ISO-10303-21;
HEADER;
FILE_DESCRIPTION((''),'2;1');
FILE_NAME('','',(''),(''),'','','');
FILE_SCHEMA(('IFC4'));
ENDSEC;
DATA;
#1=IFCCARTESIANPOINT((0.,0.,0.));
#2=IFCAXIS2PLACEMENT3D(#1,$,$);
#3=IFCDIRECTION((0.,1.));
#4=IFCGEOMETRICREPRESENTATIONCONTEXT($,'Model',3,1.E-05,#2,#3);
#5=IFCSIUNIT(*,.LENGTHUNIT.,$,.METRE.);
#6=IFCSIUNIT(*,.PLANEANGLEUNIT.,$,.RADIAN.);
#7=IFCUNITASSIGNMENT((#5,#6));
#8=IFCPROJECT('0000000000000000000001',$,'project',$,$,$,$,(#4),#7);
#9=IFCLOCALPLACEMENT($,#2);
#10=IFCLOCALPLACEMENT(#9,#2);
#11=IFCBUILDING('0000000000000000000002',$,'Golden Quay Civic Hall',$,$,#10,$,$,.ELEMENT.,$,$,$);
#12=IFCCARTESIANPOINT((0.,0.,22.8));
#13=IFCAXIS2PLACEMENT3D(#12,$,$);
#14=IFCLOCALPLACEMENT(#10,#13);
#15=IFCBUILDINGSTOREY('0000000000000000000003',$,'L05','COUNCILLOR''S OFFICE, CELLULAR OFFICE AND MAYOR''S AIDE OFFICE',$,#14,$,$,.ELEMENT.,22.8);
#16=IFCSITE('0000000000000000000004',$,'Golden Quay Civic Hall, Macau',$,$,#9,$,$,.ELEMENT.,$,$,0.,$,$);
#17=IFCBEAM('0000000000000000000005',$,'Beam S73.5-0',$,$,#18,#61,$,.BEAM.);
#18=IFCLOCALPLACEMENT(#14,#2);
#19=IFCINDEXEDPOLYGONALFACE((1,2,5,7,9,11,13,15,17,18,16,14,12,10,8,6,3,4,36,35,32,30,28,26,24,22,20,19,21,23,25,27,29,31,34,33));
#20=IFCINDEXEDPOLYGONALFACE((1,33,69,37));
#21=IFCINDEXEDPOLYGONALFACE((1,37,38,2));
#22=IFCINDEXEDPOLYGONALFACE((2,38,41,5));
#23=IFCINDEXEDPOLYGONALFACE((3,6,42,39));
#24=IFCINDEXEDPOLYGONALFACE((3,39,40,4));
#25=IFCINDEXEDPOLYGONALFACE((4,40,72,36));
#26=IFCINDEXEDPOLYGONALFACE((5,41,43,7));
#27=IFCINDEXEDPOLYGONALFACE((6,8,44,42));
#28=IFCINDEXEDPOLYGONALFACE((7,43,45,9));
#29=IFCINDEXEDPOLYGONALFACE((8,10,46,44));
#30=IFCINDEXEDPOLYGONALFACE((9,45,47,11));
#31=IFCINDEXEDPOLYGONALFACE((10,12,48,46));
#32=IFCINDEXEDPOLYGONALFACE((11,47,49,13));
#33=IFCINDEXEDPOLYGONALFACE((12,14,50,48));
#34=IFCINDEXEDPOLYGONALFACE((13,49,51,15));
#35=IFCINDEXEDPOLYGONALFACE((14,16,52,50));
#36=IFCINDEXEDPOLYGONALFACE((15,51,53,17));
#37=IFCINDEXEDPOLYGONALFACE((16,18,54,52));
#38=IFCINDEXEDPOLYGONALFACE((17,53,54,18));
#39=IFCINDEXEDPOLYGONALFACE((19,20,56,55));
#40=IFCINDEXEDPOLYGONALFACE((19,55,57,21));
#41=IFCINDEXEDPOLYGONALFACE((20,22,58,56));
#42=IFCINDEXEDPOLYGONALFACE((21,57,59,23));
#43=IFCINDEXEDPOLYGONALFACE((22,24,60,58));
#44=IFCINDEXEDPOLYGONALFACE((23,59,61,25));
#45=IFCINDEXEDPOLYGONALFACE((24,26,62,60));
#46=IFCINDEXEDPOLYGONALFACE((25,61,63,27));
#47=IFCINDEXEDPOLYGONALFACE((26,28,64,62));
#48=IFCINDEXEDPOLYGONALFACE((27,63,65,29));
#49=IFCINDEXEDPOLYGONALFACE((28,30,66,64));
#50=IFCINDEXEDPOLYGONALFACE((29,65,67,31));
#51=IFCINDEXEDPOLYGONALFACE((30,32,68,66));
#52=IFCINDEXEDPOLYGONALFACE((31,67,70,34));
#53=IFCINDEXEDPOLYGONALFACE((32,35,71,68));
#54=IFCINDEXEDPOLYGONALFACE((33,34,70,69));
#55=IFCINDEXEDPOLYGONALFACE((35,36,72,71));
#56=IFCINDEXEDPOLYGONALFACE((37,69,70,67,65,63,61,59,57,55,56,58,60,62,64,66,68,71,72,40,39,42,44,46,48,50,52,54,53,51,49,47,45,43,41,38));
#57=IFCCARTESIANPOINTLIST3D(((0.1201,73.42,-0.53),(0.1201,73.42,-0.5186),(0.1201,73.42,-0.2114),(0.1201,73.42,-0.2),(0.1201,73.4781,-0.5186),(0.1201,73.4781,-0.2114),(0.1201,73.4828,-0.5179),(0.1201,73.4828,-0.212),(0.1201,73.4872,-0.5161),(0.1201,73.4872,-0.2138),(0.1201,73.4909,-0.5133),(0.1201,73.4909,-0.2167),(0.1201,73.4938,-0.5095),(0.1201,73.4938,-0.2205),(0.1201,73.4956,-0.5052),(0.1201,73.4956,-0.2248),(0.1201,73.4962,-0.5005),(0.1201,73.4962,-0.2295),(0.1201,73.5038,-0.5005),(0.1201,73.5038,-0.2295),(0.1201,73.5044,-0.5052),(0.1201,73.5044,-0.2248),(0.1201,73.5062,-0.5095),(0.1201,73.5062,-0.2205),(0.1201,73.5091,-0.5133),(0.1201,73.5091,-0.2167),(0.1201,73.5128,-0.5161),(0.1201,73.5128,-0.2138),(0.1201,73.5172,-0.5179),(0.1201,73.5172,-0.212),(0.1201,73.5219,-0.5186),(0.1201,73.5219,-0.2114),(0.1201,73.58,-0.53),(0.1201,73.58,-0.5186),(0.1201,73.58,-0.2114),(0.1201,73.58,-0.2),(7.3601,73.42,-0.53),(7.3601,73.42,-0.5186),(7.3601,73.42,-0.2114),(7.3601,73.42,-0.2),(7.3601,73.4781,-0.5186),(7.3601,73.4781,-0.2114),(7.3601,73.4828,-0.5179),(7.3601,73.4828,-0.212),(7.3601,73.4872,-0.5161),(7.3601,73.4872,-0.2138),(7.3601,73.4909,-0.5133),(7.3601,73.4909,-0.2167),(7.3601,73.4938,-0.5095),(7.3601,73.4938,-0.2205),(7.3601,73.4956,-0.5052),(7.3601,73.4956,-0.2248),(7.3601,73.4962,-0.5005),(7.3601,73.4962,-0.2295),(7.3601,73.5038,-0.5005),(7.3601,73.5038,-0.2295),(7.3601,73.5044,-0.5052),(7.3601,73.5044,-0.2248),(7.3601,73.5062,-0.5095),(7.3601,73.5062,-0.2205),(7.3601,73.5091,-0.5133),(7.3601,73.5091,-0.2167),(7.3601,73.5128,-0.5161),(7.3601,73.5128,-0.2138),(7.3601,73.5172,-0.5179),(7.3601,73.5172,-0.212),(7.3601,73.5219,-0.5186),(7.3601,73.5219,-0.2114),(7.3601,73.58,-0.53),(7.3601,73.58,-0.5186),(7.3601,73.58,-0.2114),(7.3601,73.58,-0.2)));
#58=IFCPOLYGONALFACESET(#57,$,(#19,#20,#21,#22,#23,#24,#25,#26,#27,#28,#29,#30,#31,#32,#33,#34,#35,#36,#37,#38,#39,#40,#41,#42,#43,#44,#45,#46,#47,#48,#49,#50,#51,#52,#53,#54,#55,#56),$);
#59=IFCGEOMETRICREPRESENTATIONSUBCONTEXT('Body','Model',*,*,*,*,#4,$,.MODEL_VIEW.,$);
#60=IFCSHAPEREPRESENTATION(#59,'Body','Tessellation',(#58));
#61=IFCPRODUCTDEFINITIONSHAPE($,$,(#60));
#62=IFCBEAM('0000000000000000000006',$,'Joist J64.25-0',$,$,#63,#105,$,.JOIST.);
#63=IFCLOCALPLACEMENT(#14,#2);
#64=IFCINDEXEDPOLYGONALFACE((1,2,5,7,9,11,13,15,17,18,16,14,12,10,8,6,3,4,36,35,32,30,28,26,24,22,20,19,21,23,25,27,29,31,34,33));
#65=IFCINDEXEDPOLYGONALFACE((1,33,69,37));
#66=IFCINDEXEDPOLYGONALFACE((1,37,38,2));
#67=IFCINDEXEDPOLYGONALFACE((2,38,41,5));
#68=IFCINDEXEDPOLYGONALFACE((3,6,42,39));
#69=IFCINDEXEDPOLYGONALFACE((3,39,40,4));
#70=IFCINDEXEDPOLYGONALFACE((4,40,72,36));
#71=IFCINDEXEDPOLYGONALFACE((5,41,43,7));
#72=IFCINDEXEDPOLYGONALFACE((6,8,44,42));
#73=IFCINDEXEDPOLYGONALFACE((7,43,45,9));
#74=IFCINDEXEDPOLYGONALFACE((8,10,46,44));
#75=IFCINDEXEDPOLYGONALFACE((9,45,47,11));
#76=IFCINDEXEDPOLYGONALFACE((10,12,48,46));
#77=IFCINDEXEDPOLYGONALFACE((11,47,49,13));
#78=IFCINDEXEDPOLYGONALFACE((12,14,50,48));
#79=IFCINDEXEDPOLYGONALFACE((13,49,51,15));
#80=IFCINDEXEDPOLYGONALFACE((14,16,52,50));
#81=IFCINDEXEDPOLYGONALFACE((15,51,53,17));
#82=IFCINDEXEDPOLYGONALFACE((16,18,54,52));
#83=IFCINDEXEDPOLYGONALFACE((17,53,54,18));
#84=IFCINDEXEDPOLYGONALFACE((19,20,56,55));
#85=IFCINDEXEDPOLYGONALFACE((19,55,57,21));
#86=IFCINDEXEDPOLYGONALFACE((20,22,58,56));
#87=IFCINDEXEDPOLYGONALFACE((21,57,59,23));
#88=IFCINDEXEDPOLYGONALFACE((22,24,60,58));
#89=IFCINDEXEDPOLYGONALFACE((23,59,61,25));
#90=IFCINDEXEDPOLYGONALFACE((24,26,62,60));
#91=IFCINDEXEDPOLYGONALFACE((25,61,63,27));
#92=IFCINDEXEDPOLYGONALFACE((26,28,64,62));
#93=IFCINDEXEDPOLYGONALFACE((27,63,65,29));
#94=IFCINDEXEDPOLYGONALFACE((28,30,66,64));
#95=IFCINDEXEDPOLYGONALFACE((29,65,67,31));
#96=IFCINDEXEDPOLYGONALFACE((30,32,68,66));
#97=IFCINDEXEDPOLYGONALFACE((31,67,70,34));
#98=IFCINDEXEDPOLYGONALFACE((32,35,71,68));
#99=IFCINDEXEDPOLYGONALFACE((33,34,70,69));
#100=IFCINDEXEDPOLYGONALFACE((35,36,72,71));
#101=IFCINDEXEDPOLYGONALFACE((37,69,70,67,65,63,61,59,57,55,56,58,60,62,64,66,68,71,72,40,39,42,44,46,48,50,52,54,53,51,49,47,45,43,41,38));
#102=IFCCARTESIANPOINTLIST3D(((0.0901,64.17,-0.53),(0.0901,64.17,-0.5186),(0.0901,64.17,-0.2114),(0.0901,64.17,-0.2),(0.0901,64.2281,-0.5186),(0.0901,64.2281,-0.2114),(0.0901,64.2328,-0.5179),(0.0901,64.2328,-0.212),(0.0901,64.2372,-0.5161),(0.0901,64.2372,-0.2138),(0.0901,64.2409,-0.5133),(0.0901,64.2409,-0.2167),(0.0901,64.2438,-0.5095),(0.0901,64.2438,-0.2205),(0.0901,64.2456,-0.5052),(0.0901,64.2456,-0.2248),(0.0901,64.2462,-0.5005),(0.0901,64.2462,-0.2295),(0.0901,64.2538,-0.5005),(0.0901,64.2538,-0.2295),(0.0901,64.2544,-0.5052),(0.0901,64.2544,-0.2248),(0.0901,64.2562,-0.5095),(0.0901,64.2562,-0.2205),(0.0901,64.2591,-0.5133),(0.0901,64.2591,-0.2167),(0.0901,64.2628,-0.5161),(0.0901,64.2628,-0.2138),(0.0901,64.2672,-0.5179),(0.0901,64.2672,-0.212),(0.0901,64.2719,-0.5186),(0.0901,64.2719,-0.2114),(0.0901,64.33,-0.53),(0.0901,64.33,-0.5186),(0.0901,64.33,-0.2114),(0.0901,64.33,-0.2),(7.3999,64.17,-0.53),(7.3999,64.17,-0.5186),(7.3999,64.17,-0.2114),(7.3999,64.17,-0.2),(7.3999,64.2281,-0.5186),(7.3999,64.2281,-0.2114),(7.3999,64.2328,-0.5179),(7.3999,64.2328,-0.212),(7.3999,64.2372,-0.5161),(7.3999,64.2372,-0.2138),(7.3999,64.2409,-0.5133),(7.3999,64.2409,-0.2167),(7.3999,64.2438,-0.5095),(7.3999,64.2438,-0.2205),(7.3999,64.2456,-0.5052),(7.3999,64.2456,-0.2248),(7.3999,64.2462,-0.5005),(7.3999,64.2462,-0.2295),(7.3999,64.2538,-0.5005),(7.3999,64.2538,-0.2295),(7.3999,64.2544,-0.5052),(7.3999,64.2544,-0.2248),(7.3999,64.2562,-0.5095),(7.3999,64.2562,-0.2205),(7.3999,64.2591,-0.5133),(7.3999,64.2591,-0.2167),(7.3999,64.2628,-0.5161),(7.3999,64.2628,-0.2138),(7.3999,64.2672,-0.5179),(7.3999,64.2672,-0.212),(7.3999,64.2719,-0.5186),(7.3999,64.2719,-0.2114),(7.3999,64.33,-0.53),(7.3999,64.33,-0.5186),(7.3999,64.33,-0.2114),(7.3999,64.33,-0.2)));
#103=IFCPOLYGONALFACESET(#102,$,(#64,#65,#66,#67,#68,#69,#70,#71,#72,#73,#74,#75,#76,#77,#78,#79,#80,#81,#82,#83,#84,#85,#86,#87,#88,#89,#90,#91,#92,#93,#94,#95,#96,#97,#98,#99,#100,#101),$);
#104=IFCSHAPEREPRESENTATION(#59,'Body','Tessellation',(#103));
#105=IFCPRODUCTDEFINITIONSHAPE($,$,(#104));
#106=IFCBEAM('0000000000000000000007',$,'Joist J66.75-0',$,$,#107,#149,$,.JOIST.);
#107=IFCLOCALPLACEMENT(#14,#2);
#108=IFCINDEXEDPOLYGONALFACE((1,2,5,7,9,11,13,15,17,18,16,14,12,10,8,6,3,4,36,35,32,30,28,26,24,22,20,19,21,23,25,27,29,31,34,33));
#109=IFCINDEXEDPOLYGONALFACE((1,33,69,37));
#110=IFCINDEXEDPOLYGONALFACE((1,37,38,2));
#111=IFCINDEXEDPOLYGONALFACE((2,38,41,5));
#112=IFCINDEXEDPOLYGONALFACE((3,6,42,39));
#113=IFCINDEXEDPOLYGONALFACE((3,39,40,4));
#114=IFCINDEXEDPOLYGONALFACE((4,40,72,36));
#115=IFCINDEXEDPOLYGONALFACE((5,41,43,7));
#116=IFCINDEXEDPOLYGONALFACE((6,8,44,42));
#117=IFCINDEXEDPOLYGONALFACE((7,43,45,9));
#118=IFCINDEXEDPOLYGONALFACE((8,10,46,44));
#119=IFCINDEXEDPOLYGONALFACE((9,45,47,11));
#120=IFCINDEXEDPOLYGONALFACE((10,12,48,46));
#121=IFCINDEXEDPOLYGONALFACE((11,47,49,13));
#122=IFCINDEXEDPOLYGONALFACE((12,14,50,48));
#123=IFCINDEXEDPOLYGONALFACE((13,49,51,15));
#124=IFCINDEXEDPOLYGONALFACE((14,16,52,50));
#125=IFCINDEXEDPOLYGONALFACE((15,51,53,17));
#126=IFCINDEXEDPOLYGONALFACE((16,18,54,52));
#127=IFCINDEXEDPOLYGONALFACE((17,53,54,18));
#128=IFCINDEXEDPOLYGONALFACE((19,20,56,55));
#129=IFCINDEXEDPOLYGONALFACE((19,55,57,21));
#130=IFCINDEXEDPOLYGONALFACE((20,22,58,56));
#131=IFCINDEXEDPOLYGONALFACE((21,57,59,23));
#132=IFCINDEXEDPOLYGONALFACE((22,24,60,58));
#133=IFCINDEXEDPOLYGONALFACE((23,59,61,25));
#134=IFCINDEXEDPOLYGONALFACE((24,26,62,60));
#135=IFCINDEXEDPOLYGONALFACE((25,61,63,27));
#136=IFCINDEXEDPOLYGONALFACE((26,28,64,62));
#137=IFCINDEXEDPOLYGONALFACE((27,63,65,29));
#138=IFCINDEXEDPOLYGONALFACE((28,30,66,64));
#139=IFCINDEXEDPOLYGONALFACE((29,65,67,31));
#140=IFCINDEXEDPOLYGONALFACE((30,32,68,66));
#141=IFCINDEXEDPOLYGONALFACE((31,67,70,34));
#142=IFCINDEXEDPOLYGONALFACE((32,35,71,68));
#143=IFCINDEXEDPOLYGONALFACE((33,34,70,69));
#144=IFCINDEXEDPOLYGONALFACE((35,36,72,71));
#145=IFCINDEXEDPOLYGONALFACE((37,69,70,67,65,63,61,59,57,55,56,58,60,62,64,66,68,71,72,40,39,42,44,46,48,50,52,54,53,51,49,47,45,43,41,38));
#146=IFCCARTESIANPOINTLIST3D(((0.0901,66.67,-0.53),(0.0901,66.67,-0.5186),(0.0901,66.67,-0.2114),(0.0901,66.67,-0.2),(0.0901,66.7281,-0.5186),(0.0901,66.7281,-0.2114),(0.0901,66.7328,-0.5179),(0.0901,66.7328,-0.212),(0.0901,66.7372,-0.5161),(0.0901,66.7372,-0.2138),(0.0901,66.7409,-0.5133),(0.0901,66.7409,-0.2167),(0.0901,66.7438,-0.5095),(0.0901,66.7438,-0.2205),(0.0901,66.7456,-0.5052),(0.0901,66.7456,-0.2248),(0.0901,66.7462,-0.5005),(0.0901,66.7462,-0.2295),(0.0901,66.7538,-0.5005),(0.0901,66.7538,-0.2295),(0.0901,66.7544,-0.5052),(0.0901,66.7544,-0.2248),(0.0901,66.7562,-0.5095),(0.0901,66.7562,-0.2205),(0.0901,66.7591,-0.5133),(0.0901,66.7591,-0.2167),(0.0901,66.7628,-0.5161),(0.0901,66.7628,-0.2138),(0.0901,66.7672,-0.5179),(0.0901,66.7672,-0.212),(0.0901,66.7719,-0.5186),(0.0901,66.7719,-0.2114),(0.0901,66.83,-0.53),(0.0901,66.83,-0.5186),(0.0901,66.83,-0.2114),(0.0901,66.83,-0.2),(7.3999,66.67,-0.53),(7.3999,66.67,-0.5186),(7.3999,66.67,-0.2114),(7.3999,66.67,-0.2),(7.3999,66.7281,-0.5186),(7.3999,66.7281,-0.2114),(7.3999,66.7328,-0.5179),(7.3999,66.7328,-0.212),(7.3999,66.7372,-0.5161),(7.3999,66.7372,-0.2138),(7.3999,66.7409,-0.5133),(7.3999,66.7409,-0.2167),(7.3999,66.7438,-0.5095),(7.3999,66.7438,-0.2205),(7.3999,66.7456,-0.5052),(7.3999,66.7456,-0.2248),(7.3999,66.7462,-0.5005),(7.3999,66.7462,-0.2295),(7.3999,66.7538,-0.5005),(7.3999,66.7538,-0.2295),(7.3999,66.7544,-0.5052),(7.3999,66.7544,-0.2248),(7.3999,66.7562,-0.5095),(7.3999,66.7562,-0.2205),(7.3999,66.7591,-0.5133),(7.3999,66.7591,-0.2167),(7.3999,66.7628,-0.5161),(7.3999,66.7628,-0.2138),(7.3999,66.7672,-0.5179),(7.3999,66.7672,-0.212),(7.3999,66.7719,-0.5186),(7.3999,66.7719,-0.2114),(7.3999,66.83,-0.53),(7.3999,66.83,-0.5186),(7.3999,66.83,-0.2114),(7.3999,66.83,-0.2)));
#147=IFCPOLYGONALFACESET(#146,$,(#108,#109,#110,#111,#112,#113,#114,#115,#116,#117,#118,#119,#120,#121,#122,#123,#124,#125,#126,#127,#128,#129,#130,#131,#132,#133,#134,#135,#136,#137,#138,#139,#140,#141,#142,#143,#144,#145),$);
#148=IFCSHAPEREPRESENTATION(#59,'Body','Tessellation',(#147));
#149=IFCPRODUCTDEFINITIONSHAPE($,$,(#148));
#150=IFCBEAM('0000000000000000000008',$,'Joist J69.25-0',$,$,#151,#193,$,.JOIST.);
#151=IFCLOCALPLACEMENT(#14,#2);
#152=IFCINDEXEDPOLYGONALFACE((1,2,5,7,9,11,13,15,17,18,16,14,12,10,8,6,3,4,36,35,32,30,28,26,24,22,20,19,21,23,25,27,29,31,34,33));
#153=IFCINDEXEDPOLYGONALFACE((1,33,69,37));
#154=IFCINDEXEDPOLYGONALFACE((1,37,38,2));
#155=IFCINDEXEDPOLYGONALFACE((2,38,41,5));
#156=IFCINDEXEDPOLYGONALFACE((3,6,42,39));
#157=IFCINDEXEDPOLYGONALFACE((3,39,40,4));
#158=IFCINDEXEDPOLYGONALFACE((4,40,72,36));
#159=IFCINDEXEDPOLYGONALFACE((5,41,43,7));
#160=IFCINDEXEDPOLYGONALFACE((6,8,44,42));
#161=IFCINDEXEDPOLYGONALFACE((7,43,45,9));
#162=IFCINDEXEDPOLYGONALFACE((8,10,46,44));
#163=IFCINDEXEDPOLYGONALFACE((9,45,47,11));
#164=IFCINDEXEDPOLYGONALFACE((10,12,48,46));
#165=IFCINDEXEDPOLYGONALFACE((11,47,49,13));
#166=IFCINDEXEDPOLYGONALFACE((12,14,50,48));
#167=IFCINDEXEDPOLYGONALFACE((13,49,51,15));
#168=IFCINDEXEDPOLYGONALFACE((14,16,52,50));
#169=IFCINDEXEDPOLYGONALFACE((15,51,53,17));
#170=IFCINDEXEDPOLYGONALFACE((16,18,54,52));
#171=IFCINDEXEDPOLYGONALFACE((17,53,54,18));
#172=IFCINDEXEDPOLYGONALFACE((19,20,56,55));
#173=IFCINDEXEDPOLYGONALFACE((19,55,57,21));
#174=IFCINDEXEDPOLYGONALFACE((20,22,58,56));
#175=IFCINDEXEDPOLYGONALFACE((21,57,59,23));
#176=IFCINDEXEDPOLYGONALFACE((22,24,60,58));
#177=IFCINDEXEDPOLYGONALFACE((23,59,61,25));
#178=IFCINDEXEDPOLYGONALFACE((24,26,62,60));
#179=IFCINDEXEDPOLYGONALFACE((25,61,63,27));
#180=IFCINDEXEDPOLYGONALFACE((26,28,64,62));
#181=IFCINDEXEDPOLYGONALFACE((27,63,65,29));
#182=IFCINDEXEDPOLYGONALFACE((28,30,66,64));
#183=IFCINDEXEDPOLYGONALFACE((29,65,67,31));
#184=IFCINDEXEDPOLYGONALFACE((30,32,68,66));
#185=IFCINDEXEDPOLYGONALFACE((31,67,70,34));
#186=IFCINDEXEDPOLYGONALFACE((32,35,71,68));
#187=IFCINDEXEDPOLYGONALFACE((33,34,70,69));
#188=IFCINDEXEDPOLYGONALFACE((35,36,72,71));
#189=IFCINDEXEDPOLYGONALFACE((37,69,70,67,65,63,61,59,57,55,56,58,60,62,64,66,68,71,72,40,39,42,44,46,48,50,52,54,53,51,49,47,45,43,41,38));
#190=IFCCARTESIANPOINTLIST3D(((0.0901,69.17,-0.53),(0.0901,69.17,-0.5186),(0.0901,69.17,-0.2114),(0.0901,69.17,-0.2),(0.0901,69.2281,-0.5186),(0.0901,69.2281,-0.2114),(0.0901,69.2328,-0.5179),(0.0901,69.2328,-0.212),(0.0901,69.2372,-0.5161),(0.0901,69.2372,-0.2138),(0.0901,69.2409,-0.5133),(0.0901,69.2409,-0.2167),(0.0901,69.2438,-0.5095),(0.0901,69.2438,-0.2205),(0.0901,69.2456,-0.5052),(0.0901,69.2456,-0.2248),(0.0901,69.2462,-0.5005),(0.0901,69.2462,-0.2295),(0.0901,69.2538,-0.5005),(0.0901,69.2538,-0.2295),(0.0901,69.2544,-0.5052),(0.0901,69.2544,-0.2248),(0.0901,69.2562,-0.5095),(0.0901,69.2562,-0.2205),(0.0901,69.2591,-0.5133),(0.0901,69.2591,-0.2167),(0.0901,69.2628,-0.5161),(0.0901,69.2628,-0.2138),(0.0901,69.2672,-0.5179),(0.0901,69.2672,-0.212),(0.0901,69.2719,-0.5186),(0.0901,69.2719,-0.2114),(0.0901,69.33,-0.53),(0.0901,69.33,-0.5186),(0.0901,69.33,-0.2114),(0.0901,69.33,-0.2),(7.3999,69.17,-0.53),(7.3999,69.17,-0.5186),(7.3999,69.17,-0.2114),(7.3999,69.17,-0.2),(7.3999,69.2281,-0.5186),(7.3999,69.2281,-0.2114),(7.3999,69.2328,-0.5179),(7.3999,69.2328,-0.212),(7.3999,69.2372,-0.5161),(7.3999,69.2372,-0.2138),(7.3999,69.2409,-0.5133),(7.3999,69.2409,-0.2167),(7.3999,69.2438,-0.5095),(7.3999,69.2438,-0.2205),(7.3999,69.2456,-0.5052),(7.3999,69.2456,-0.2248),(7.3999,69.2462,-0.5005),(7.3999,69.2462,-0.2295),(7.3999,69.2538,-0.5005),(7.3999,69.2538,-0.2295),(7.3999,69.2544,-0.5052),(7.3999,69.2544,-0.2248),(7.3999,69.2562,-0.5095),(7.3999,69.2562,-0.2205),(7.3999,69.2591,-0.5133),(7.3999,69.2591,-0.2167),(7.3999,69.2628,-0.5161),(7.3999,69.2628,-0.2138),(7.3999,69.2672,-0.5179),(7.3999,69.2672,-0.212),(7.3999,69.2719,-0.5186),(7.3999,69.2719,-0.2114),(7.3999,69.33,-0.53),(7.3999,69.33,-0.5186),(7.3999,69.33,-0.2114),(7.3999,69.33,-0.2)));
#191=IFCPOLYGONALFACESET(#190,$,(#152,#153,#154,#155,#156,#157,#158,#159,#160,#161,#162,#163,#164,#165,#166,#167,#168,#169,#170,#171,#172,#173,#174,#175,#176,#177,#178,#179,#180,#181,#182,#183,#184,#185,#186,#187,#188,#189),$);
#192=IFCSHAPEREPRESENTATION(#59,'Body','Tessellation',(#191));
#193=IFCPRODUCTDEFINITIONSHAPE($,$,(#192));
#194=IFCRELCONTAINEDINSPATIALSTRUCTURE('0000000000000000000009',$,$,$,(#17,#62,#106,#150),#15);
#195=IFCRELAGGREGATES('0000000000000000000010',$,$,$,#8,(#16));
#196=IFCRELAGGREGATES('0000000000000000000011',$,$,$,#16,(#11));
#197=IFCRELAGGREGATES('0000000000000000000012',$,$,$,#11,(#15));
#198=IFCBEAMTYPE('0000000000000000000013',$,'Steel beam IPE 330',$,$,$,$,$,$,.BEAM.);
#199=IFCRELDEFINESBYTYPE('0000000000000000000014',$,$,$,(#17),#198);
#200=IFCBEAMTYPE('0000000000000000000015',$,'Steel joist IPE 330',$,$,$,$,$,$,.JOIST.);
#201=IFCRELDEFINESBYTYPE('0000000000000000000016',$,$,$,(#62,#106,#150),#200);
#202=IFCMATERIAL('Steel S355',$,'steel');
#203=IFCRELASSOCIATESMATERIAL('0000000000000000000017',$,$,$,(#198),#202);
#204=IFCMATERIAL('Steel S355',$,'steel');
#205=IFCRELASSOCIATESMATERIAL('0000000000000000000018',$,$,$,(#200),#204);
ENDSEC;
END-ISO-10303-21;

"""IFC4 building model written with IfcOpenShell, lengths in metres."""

from ifc_helpers import new_model, si_unit, direction, frame, origin, origin_2d, place, context, subcontext, project, spatial, i_section, extrude, material, material_profile, profile_set, type_object, element, save


model = new_model("IFC4")

# Units and contexts
model_context = context("Model", 3, precision=1e-05, world=origin(), true_north=direction((0.0, 1.0)))
body_context = subcontext(model_context, "Body", "Model", "MODEL_VIEW")
ifc_project = project(units=[si_unit("LENGTHUNIT", "METRE"), si_unit("PLANEANGLEUNIT", "RADIAN")], contexts=[model_context])

# Site, building, storey
site_placement = place(None, origin())
site = spatial("IfcSite", under=ifc_project, at=site_placement, Name="Golden Quay Civic Hall, Macau", CompositionType="ELEMENT", RefElevation=0.0)
building_placement = place(site_placement, origin())
building = spatial("IfcBuilding", under=site, at=building_placement, Name="Golden Quay Civic Hall", CompositionType="ELEMENT")
storey_placement = place(building_placement, frame((0.0, 0.0, 22.8)))
storey = spatial("IfcBuildingStorey", under=building, at=storey_placement, Name="L05", Description="COUNCILLOR'S OFFICE, CELLULAR OFFICE AND MAYOR'S AIDE OFFICE", CompositionType="ELEMENT", Elevation=22.8)

# Beams
ifc_material_1 = material(Name="Steel S355", Category="steel")
ifc_material_profile_1 = material_profile(ifc_material_1, i_section(OverallWidth=0.1599, OverallDepth=0.3301, WebThickness=0.0076, FlangeThickness=0.0115, FilletRadius=0.0181, at=origin_2d()), Name="IPE 330")
ifc_profile_set_1 = profile_set([ifc_material_profile_1], Name="Steel S355")
beam_type_1 = type_object("IfcBeamType", Name="Steel beam IPE 330", PredefinedType="BEAM", material=ifc_profile_set_1)
for number, where, z_axis, x_axis, name in (
    (1, (0.1201, 73.5, -0.365), (1.0, 0.0, 0.0), (0.0, 1.0, 0.0), "Beam S73.5-0"),
):
    element("IfcBeam", number, at=place(storey_placement, frame(where, z_axis=z_axis, x_axis=x_axis)), inside=storey, type_object=beam_type_1, Name=name, PredefinedType="BEAM", context=body_context, shape_type="SweptSolid", body=[
        extrude(i_section(OverallWidth=0.1599, OverallDepth=0.3301, WebThickness=0.0076, FlangeThickness=0.0115, FilletRadius=0.0181, at=origin_2d()), origin(), (0.0, 0.0, 1.0), 7.24),
    ])
ifc_material_2 = material(Name="Steel S355", Category="steel")
ifc_material_profile_2 = material_profile(ifc_material_2, i_section(OverallWidth=0.1599, OverallDepth=0.3301, WebThickness=0.0076, FlangeThickness=0.0115, FilletRadius=0.0181, at=origin_2d()), Name="IPE 330")
ifc_profile_set_2 = profile_set([ifc_material_profile_2], Name="Steel S355")
beam_type_2 = type_object("IfcBeamType", Name="Steel joist IPE 330", PredefinedType="JOIST", material=ifc_profile_set_2)
for number, where, z_axis, x_axis, name in (
    (2, (0.0901, 64.25, -0.365), (1.0, 0.0, 0.0), (0.0, 1.0, 0.0), "Joist J64.25-0"),
    (3, (0.0901, 66.75, -0.365), (1.0, 0.0, 0.0), (0.0, 1.0, 0.0), "Joist J66.75-0"),
    (4, (0.0901, 69.25, -0.365), (1.0, 0.0, 0.0), (0.0, 1.0, 0.0), "Joist J69.25-0"),
):
    element("IfcBeam", number, at=place(storey_placement, frame(where, z_axis=z_axis, x_axis=x_axis)), inside=storey, type_object=beam_type_2, Name=name, PredefinedType="JOIST", context=body_context, shape_type="SweptSolid", body=[
        extrude(i_section(OverallWidth=0.1599, OverallDepth=0.3301, WebThickness=0.0076, FlangeThickness=0.0115, FilletRadius=0.0181, at=origin_2d()), origin(), (0.0, 0.0, 1.0), 7.3098),
    ])

save(model, "model.ifc")
